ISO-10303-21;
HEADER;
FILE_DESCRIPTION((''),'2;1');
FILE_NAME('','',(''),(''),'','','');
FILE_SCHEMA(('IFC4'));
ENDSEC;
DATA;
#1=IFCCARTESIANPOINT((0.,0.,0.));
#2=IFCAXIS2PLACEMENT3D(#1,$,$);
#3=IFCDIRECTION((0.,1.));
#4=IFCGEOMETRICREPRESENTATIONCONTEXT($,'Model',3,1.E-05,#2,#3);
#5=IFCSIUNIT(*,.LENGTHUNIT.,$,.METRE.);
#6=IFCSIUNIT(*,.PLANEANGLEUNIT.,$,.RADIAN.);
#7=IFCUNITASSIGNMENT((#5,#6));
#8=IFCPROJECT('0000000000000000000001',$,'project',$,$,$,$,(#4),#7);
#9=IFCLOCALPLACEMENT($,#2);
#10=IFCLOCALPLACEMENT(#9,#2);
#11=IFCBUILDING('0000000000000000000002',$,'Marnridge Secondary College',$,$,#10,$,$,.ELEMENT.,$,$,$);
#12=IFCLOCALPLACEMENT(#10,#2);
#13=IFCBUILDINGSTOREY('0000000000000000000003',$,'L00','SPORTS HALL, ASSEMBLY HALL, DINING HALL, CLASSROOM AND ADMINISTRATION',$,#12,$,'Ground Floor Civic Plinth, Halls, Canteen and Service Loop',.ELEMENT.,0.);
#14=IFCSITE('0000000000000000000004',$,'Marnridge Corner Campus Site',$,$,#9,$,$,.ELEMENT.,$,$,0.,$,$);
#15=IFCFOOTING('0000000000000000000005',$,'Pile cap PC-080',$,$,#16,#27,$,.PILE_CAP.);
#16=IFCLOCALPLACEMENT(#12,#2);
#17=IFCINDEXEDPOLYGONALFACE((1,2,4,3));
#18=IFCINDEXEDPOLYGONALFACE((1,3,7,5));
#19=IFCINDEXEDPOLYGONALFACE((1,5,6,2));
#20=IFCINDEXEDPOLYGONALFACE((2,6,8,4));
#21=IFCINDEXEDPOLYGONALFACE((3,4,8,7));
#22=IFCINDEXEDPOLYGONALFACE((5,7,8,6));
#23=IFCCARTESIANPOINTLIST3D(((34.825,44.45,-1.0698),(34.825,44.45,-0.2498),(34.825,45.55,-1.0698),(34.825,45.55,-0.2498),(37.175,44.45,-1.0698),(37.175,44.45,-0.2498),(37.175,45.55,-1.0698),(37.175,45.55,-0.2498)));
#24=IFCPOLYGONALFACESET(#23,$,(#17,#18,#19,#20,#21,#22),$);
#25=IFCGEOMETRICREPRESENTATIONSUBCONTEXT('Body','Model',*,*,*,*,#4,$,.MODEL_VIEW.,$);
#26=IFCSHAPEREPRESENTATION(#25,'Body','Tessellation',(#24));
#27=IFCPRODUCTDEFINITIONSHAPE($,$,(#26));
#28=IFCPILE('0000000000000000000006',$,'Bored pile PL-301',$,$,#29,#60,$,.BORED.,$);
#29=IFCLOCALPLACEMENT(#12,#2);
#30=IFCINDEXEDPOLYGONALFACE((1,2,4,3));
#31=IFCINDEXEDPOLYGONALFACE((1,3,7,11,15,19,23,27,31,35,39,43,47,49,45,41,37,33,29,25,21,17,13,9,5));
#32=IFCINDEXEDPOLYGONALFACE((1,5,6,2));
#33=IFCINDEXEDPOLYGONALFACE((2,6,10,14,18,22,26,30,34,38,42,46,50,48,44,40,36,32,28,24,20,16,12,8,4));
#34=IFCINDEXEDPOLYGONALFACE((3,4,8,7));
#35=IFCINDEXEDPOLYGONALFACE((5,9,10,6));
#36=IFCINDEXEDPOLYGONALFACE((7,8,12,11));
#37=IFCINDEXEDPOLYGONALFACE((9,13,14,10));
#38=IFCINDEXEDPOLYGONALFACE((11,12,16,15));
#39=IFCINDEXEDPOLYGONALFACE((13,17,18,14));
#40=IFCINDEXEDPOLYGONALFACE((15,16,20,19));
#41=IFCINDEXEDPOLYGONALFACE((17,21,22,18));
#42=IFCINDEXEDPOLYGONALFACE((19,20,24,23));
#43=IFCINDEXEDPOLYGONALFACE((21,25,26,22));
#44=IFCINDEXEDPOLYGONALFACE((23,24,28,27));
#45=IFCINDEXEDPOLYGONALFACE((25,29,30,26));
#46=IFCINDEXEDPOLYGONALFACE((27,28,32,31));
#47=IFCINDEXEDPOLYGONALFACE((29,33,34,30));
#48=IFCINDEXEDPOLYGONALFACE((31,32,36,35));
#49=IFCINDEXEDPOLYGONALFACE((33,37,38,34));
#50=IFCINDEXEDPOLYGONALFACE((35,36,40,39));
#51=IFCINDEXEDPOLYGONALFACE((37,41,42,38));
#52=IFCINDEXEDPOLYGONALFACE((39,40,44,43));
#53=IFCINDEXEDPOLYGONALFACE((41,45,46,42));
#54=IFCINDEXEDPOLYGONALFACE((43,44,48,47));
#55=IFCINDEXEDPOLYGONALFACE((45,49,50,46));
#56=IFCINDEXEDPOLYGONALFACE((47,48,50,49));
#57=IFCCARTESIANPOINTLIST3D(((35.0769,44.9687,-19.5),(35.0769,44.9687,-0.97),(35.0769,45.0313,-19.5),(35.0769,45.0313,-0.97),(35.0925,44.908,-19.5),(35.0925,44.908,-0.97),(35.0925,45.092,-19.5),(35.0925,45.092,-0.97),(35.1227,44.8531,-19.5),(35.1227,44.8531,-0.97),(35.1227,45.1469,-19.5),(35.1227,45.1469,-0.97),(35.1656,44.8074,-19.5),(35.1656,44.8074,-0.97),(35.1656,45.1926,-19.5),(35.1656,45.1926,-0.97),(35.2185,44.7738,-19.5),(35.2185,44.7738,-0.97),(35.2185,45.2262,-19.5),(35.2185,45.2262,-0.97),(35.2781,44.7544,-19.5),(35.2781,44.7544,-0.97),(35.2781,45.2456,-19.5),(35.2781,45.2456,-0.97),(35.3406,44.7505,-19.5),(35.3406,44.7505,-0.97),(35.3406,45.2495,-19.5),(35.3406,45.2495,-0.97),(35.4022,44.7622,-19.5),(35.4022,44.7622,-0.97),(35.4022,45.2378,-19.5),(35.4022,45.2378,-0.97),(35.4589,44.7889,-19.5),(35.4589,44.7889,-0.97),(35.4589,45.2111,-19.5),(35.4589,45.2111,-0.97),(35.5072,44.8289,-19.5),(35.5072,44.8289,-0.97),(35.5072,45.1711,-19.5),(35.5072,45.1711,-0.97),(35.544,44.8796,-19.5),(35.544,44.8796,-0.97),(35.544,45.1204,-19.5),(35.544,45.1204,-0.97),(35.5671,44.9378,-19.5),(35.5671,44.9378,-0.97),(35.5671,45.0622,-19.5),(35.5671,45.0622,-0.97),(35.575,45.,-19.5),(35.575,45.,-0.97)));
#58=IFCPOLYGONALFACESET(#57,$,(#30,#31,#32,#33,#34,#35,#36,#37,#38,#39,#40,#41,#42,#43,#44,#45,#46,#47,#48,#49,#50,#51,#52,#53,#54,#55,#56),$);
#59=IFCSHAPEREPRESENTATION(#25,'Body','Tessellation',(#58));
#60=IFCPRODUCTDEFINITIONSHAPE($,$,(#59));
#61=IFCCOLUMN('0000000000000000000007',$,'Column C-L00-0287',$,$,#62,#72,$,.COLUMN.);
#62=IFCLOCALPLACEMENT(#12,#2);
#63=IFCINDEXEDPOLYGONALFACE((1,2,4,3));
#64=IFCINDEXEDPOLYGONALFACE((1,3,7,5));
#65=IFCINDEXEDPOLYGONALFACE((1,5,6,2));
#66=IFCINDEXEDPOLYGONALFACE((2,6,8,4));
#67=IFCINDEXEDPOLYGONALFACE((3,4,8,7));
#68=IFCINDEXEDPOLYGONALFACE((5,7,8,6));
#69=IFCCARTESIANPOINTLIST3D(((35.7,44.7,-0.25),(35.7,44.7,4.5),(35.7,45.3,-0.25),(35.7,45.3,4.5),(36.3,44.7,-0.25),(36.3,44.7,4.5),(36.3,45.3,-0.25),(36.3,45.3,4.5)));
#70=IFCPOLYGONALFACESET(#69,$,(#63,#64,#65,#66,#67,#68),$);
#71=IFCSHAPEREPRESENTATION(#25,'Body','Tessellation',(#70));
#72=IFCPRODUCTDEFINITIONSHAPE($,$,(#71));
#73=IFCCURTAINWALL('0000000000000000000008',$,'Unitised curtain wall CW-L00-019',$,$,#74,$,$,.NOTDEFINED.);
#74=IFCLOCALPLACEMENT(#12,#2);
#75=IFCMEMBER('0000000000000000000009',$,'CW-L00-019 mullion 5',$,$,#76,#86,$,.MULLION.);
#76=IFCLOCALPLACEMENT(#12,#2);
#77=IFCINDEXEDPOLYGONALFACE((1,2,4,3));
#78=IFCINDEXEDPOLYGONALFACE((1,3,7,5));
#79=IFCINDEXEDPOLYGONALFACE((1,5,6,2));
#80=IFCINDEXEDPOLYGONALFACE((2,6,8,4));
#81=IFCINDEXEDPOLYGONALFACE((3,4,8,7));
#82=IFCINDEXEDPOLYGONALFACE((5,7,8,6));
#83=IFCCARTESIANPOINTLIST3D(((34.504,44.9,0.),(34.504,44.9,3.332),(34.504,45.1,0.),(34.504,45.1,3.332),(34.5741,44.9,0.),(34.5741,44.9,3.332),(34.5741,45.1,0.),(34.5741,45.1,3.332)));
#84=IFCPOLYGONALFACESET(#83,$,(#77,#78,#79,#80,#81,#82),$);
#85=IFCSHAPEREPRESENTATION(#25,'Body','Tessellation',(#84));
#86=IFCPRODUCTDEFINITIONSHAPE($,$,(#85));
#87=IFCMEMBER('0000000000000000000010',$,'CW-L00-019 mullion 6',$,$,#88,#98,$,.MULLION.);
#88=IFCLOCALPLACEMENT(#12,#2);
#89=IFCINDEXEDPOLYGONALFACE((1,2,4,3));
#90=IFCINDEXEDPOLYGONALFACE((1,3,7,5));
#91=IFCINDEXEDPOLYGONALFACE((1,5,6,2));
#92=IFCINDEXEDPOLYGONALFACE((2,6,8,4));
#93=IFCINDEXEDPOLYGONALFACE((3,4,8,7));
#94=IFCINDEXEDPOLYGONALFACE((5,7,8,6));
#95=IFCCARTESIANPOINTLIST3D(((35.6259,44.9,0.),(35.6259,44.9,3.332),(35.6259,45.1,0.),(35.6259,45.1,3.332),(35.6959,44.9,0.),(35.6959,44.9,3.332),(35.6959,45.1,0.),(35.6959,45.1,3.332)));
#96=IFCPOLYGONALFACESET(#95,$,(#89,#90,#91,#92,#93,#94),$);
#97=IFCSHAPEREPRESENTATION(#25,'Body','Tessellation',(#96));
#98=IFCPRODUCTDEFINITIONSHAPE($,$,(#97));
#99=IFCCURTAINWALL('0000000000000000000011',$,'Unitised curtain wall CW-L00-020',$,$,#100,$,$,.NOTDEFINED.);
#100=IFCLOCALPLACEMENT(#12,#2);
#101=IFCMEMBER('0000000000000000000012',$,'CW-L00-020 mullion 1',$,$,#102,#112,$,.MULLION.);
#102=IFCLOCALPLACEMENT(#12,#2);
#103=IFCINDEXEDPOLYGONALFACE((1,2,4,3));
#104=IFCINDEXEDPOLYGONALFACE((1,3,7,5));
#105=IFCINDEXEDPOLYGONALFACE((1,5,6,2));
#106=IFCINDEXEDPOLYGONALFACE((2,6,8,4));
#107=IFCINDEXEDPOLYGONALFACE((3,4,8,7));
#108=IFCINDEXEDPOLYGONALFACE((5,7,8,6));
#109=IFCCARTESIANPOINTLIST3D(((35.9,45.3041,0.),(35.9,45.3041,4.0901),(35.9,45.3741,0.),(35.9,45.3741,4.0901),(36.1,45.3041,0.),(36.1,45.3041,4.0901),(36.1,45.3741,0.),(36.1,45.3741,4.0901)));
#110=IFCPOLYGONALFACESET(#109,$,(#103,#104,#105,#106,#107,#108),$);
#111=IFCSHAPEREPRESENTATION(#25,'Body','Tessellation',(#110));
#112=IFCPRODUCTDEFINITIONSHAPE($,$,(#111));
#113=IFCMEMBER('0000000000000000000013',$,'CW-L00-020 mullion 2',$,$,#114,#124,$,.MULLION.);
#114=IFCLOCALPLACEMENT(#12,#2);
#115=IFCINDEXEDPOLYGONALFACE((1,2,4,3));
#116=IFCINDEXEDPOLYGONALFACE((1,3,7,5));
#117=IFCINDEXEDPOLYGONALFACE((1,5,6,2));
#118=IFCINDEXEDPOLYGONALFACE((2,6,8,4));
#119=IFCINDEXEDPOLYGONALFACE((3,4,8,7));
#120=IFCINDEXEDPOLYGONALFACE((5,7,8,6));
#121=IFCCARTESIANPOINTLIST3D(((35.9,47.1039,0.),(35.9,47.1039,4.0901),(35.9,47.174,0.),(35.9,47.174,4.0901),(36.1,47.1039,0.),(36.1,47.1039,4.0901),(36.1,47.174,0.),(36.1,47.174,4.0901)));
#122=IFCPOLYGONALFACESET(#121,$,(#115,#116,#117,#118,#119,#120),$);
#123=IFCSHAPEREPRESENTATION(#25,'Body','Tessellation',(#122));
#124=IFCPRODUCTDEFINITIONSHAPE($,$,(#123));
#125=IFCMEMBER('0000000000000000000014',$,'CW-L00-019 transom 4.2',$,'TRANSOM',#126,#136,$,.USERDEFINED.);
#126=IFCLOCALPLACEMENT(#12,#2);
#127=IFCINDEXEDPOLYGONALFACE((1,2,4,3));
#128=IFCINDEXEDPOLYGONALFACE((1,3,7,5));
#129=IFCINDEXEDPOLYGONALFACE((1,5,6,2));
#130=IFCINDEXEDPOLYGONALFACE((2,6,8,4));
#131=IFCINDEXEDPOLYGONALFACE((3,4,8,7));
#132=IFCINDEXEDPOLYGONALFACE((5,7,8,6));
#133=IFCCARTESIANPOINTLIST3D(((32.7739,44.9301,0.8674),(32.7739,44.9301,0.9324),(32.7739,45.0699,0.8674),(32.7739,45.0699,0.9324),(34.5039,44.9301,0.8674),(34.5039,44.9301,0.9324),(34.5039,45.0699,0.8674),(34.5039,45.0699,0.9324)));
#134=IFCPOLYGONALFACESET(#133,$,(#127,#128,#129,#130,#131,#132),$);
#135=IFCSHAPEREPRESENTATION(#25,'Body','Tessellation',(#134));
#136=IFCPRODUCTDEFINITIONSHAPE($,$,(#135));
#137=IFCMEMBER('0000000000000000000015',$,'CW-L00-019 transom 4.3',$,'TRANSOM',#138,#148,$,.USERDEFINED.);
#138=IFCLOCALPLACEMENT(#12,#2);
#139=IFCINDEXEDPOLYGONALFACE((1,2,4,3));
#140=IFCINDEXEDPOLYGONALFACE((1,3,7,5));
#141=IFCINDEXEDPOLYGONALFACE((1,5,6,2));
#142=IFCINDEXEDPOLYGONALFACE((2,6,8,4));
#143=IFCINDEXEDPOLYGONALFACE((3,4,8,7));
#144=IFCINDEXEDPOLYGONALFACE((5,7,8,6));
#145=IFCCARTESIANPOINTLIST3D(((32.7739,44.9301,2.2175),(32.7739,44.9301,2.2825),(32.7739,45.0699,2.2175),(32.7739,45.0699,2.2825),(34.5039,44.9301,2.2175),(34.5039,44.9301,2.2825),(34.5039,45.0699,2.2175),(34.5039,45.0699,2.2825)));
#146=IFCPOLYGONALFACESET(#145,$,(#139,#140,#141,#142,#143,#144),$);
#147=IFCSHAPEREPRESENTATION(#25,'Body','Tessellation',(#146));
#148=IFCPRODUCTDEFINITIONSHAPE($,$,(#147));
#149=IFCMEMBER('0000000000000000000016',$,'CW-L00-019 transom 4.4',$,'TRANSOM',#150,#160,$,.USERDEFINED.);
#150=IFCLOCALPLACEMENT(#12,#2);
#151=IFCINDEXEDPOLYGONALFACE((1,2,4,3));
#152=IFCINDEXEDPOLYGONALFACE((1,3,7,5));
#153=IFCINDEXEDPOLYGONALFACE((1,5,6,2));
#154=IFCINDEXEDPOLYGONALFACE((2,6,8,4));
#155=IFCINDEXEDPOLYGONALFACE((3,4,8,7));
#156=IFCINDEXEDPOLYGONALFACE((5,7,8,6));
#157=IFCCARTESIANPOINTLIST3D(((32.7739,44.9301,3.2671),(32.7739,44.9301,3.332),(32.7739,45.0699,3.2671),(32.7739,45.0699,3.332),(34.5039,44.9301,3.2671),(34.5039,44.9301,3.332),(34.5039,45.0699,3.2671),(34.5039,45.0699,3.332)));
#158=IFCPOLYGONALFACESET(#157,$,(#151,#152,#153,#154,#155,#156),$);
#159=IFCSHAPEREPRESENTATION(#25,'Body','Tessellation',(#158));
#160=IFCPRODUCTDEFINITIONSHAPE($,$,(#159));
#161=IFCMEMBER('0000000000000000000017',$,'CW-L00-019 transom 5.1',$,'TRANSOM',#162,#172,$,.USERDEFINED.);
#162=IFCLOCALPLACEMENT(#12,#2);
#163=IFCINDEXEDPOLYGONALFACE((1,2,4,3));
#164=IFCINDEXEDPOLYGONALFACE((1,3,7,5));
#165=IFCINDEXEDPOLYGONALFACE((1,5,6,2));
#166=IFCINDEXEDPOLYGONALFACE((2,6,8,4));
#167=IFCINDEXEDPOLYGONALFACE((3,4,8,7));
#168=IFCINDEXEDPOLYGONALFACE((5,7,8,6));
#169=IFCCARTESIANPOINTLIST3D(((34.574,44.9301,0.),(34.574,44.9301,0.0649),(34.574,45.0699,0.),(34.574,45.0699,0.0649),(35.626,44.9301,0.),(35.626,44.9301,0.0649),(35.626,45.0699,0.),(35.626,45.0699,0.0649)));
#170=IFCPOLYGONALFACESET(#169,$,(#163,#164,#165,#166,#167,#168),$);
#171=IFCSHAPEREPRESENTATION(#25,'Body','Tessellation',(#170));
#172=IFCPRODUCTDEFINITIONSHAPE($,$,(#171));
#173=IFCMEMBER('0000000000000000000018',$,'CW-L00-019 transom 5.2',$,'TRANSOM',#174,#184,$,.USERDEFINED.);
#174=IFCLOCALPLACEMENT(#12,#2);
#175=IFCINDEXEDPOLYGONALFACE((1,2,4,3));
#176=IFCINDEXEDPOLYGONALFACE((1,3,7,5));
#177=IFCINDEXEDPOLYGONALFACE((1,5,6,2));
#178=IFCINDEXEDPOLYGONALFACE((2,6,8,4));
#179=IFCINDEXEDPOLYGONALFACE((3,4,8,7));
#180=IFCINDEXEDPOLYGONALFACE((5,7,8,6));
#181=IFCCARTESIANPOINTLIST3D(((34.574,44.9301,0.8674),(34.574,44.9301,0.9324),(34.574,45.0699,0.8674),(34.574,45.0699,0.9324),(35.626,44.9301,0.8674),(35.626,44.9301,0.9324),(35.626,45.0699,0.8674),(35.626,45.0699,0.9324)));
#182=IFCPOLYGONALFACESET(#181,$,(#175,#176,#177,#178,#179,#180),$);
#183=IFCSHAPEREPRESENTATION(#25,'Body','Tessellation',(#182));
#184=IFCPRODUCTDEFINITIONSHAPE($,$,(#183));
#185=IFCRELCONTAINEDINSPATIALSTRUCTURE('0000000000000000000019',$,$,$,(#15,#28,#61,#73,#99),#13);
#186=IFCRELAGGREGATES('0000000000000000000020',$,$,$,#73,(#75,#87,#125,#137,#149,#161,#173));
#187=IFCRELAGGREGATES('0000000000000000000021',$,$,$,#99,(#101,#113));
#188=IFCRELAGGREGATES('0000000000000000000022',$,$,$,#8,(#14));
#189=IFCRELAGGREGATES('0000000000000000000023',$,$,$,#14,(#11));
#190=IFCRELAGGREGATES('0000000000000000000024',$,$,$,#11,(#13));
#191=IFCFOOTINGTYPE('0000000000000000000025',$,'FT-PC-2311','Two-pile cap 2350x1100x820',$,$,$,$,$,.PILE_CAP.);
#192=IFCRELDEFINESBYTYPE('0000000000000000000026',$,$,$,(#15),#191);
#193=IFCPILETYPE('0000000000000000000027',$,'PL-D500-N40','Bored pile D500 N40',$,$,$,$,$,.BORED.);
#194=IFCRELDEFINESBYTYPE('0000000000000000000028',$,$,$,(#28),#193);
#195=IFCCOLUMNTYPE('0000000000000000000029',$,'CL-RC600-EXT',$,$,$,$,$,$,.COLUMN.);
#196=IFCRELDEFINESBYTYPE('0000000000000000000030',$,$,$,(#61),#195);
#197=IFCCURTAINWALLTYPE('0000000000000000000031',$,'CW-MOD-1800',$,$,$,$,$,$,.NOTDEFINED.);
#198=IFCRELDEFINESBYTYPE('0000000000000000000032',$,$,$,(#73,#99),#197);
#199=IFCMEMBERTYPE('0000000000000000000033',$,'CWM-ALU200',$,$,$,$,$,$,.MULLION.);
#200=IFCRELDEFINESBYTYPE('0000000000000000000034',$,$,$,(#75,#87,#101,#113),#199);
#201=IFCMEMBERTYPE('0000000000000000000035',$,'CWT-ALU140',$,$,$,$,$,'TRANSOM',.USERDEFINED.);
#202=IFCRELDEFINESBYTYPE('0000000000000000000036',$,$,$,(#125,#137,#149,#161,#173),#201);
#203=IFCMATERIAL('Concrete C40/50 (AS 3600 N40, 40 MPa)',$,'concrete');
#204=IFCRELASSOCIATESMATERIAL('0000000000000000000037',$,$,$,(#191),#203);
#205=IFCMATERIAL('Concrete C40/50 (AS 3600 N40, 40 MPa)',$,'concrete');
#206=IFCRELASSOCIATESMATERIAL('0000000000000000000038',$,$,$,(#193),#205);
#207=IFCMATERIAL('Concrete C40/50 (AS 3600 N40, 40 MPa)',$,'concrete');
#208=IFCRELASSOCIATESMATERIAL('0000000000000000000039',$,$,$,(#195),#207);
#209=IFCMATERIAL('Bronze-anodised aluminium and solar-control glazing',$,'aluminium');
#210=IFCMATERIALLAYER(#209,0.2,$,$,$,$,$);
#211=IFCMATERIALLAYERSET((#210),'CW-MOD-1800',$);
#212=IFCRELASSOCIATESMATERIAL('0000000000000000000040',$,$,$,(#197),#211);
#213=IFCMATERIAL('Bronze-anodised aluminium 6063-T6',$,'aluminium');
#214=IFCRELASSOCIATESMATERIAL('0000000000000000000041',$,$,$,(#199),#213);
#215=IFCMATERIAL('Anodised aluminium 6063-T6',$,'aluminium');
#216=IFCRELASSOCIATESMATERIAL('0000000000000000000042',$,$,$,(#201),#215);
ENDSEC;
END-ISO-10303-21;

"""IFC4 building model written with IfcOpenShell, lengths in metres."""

from ifc_helpers import new_model, si_unit, direction, frame, origin, origin_2d, place, context, subcontext, project, spatial, rectangle, circle, extrude, material, layer, layer_set, material_profile, profile_set, type_object, element, aggregate, save


model = new_model("IFC4")

# Units and contexts
model_context = context("Model", 3, precision=1e-05, world=origin(), true_north=direction((0.0, 1.0)))
body_context = subcontext(model_context, "Body", "Model", "MODEL_VIEW")
ifc_project = project(units=[si_unit("LENGTHUNIT", "METRE"), si_unit("PLANEANGLEUNIT", "RADIAN")], contexts=[model_context])

# Site, building, storey
site_placement = place(None, origin())
site = spatial("IfcSite", under=ifc_project, at=site_placement, Name="Marnridge Corner Campus Site", CompositionType="ELEMENT", RefElevation=0.0)
building_placement = place(site_placement, origin())
building = spatial("IfcBuilding", under=site, at=building_placement, Name="Marnridge Secondary College", CompositionType="ELEMENT")
storey_placement = place(building_placement, origin())
storey = spatial("IfcBuildingStorey", under=building, at=storey_placement, Name="L00", Description="SPORTS HALL, ASSEMBLY HALL, DINING HALL, CLASSROOM AND ADMINISTRATION", LongName="Ground Floor Civic Plinth, Halls, Canteen and Service Loop", CompositionType="ELEMENT", Elevation=0.0)

# Footing
ifc_material_1 = material(Name="Concrete C40/50 (AS 3600 N40, 40 MPa)", Category="concrete")
footing_type = type_object("IfcFootingType", Name="FT-PC-2311", Description="Two-pile cap 2350x1100x820", PredefinedType="PILE_CAP", material=ifc_material_1)
footing_placement = place(storey_placement, frame((36.0, 45.0, -1.0698), z_axis=(0.0, 0.0, 1.0), x_axis=(1.0, 0.0, 0.0)))
element("IfcFooting", 1, at=footing_placement, inside=storey, type_object=footing_type, Name="Pile cap PC-080", PredefinedType="PILE_CAP", context=body_context, shape_type="SweptSolid", body=[
    extrude(rectangle(XDim=2.3501, YDim=1.1001, at=origin_2d()), origin(), (0.0, 0.0, 1.0), 0.8201),
])

# Pile
ifc_material_2 = material(Name="Concrete C40/50 (AS 3600 N40, 40 MPa)", Category="concrete")
ifc_material_profile_1 = material_profile(ifc_material_2, circle(Radius=0.25, at=origin_2d()), Name="PILE D500")
ifc_profile_set_1 = profile_set([ifc_material_profile_1], Name="Concrete C40/50 (AS 3600 N40, 40 MPa)")
pile_type = type_object("IfcPileType", Name="PL-D500-N40", Description="Bored pile D500 N40", PredefinedType="BORED", material=ifc_profile_set_1)
pile_placement = place(storey_placement, frame((35.325, 45.0, -0.97), z_axis=(0.0, 0.0, -1.0), x_axis=(1.0, 0.0, 0.0)))
element("IfcPile", 2, at=pile_placement, inside=storey, type_object=pile_type, Name="Bored pile PL-301", PredefinedType="BORED", context=body_context, shape_type="SweptSolid", body=[
    extrude(circle(Radius=0.25, at=origin_2d()), origin(), (0.0, 0.0, 1.0), 18.53),
])

# Column
ifc_material_3 = material(Name="Concrete C40/50 (AS 3600 N40, 40 MPa)", Category="concrete")
ifc_material_profile_2 = material_profile(ifc_material_3, rectangle(XDim=0.6001, YDim=0.6001, at=origin_2d()), Name="RC 600x600")
ifc_profile_set_2 = profile_set([ifc_material_profile_2], Name="Concrete C40/50 (AS 3600 N40, 40 MPa)")
column_type = type_object("IfcColumnType", Name="CL-RC600-EXT", PredefinedType="COLUMN", material=ifc_profile_set_2)
column_placement = place(storey_placement, frame((36.0, 45.0, -0.25), z_axis=(0.0, 0.0, 1.0), x_axis=(1.0, 0.0, 0.0)))
element("IfcColumn", 3, at=column_placement, inside=storey, type_object=column_type, Name="Column C-L00-0287", PredefinedType="COLUMN", context=body_context, shape_type="SweptSolid", body=[
    extrude(rectangle(XDim=0.6001, YDim=0.6001, at=origin_2d()), origin(), (0.0, 0.0, 1.0), 4.75),
])

# Curtain walls, members
ifc_material_4 = material(Name="Bronze-anodised aluminium and solar-control glazing", Category="aluminium")
ifc_layer_1 = layer(ifc_material_4, 0.2)
ifc_layer_set_1 = layer_set([ifc_layer_1], Name="CW-MOD-1800")
curtain_wall_type = type_object("IfcCurtainWallType", Name="CW-MOD-1800", PredefinedType="NOTDEFINED", material=ifc_layer_set_1)
curtain_wall_1_placement = place(storey_placement, origin())
curtain_wall_1 = element("IfcCurtainWall", 4, at=curtain_wall_1_placement, inside=storey, type_object=curtain_wall_type, Name="Unitised curtain wall CW-L00-019", PredefinedType="NOTDEFINED")
ifc_material_5 = material(Name="Bronze-anodised aluminium 6063-T6", Category="aluminium")
ifc_material_profile_3 = material_profile(ifc_material_5, rectangle(XDim=0.0701, YDim=0.2, at=origin_2d()), Name="ALU 70x200")
ifc_profile_set_3 = profile_set([ifc_material_profile_3], Name="Bronze-anodised aluminium 6063-T6")
member_type_1 = type_object("IfcMemberType", Name="CWM-ALU200", PredefinedType="MULLION", material=ifc_profile_set_3)
member_1_placement = place(storey_placement, frame((34.5391, 45.0, 0.0), z_axis=(0.0, 0.0, 1.0), x_axis=(1.0, 0.0, 0.0)))
member_1 = element("IfcMember", 5, at=member_1_placement, type_object=member_type_1, Name="CW-L00-019 mullion 5", PredefinedType="MULLION", context=body_context, shape_type="SweptSolid", body=[
    extrude(rectangle(XDim=0.0701, YDim=0.2, at=origin_2d()), origin(), (0.0, 0.0, 1.0), 3.332),
])
member_2_placement = place(storey_placement, frame((35.6609, 45.0, 0.0), z_axis=(0.0, 0.0, 1.0), x_axis=(1.0, 0.0, 0.0)))
member_2 = element("IfcMember", 6, at=member_2_placement, type_object=member_type_1, Name="CW-L00-019 mullion 6", PredefinedType="MULLION", context=body_context, shape_type="SweptSolid", body=[
    extrude(rectangle(XDim=0.0701, YDim=0.2, at=origin_2d()), origin(), (0.0, 0.0, 1.0), 3.332),
])
curtain_wall_2_placement = place(storey_placement, origin())
curtain_wall_2 = element("IfcCurtainWall", 7, at=curtain_wall_2_placement, inside=storey, type_object=curtain_wall_type, Name="Unitised curtain wall CW-L00-020", PredefinedType="NOTDEFINED")
member_3_placement = place(storey_placement, frame((36.0, 45.3391, 0.0), z_axis=(0.0, 0.0, 1.0), x_axis=(0.0, 1.0, 0.0)))
member_3 = element("IfcMember", 8, at=member_3_placement, type_object=member_type_1, Name="CW-L00-020 mullion 1", PredefinedType="MULLION", context=body_context, shape_type="SweptSolid", body=[
    extrude(rectangle(XDim=0.0701, YDim=0.2, at=origin_2d()), origin(), (0.0, 0.0, 1.0), 4.0901),
])
member_4_placement = place(storey_placement, frame((36.0, 47.1389, 0.0), z_axis=(0.0, 0.0, 1.0), x_axis=(0.0, 1.0, 0.0)))
member_4 = element("IfcMember", 9, at=member_4_placement, type_object=member_type_1, Name="CW-L00-020 mullion 2", PredefinedType="MULLION", context=body_context, shape_type="SweptSolid", body=[
    extrude(rectangle(XDim=0.0701, YDim=0.2, at=origin_2d()), origin(), (0.0, 0.0, 1.0), 4.0901),
])

# Members
ifc_material_6 = material(Name="Anodised aluminium 6063-T6", Category="aluminium")
ifc_material_profile_4 = material_profile(ifc_material_6, rectangle(XDim=0.0649, YDim=0.1399, at=origin_2d()), Name="ALU 65x140")
ifc_profile_set_4 = profile_set([ifc_material_profile_4], Name="Anodised aluminium 6063-T6")
member_type_2 = type_object("IfcMemberType", Name="CWT-ALU140", ElementType="TRANSOM", PredefinedType="USERDEFINED", material=ifc_profile_set_4)
member_5_placement = place(storey_placement, frame((32.7739, 45.0, 0.8999), z_axis=(1.0, 0.0, 0.0), x_axis=(0.0, 0.0, 1.0)))
member_5 = element("IfcMember", 10, at=member_5_placement, type_object=member_type_2, Name="CW-L00-019 transom 4.2", ObjectType="TRANSOM", PredefinedType="USERDEFINED", context=body_context, shape_type="SweptSolid", body=[
    extrude(rectangle(XDim=0.0649, YDim=0.1399, at=origin_2d()), origin(), (0.0, 0.0, 1.0), 1.73),
])
member_6_placement = place(storey_placement, frame((32.7739, 45.0, 2.25), z_axis=(1.0, 0.0, 0.0), x_axis=(0.0, 0.0, 1.0)))
member_6 = element("IfcMember", 11, at=member_6_placement, type_object=member_type_2, Name="CW-L00-019 transom 4.3", ObjectType="TRANSOM", PredefinedType="USERDEFINED", context=body_context, shape_type="SweptSolid", body=[
    extrude(rectangle(XDim=0.0649, YDim=0.1399, at=origin_2d()), origin(), (0.0, 0.0, 1.0), 1.73),
])
member_7_placement = place(storey_placement, frame((32.7739, 45.0, 3.2996), z_axis=(1.0, 0.0, 0.0), x_axis=(0.0, 0.0, 1.0)))
member_7 = element("IfcMember", 12, at=member_7_placement, type_object=member_type_2, Name="CW-L00-019 transom 4.4", ObjectType="TRANSOM", PredefinedType="USERDEFINED", context=body_context, shape_type="SweptSolid", body=[
    extrude(rectangle(XDim=0.0649, YDim=0.1399, at=origin_2d()), origin(), (0.0, 0.0, 1.0), 1.73),
])
member_8_placement = place(storey_placement, frame((34.574, 45.0, 0.0325), z_axis=(1.0, 0.0, 0.0), x_axis=(0.0, 0.0, 1.0)))
member_8 = element("IfcMember", 13, at=member_8_placement, type_object=member_type_2, Name="CW-L00-019 transom 5.1", ObjectType="TRANSOM", PredefinedType="USERDEFINED", context=body_context, shape_type="SweptSolid", body=[
    extrude(rectangle(XDim=0.0649, YDim=0.1399, at=origin_2d()), origin(), (0.0, 0.0, 1.0), 1.052),
])
member_9_placement = place(storey_placement, frame((34.574, 45.0, 0.8999), z_axis=(1.0, 0.0, 0.0), x_axis=(0.0, 0.0, 1.0)))
member_9 = element("IfcMember", 14, at=member_9_placement, type_object=member_type_2, Name="CW-L00-019 transom 5.2", ObjectType="TRANSOM", PredefinedType="USERDEFINED", context=body_context, shape_type="SweptSolid", body=[
    extrude(rectangle(XDim=0.0649, YDim=0.1399, at=origin_2d()), origin(), (0.0, 0.0, 1.0), 1.052),
])

aggregate(curtain_wall_1, [member_1, member_2, member_5, member_6, member_7, member_8, member_9])
aggregate(curtain_wall_2, [member_3, member_4])

save(model, "model.ifc")
